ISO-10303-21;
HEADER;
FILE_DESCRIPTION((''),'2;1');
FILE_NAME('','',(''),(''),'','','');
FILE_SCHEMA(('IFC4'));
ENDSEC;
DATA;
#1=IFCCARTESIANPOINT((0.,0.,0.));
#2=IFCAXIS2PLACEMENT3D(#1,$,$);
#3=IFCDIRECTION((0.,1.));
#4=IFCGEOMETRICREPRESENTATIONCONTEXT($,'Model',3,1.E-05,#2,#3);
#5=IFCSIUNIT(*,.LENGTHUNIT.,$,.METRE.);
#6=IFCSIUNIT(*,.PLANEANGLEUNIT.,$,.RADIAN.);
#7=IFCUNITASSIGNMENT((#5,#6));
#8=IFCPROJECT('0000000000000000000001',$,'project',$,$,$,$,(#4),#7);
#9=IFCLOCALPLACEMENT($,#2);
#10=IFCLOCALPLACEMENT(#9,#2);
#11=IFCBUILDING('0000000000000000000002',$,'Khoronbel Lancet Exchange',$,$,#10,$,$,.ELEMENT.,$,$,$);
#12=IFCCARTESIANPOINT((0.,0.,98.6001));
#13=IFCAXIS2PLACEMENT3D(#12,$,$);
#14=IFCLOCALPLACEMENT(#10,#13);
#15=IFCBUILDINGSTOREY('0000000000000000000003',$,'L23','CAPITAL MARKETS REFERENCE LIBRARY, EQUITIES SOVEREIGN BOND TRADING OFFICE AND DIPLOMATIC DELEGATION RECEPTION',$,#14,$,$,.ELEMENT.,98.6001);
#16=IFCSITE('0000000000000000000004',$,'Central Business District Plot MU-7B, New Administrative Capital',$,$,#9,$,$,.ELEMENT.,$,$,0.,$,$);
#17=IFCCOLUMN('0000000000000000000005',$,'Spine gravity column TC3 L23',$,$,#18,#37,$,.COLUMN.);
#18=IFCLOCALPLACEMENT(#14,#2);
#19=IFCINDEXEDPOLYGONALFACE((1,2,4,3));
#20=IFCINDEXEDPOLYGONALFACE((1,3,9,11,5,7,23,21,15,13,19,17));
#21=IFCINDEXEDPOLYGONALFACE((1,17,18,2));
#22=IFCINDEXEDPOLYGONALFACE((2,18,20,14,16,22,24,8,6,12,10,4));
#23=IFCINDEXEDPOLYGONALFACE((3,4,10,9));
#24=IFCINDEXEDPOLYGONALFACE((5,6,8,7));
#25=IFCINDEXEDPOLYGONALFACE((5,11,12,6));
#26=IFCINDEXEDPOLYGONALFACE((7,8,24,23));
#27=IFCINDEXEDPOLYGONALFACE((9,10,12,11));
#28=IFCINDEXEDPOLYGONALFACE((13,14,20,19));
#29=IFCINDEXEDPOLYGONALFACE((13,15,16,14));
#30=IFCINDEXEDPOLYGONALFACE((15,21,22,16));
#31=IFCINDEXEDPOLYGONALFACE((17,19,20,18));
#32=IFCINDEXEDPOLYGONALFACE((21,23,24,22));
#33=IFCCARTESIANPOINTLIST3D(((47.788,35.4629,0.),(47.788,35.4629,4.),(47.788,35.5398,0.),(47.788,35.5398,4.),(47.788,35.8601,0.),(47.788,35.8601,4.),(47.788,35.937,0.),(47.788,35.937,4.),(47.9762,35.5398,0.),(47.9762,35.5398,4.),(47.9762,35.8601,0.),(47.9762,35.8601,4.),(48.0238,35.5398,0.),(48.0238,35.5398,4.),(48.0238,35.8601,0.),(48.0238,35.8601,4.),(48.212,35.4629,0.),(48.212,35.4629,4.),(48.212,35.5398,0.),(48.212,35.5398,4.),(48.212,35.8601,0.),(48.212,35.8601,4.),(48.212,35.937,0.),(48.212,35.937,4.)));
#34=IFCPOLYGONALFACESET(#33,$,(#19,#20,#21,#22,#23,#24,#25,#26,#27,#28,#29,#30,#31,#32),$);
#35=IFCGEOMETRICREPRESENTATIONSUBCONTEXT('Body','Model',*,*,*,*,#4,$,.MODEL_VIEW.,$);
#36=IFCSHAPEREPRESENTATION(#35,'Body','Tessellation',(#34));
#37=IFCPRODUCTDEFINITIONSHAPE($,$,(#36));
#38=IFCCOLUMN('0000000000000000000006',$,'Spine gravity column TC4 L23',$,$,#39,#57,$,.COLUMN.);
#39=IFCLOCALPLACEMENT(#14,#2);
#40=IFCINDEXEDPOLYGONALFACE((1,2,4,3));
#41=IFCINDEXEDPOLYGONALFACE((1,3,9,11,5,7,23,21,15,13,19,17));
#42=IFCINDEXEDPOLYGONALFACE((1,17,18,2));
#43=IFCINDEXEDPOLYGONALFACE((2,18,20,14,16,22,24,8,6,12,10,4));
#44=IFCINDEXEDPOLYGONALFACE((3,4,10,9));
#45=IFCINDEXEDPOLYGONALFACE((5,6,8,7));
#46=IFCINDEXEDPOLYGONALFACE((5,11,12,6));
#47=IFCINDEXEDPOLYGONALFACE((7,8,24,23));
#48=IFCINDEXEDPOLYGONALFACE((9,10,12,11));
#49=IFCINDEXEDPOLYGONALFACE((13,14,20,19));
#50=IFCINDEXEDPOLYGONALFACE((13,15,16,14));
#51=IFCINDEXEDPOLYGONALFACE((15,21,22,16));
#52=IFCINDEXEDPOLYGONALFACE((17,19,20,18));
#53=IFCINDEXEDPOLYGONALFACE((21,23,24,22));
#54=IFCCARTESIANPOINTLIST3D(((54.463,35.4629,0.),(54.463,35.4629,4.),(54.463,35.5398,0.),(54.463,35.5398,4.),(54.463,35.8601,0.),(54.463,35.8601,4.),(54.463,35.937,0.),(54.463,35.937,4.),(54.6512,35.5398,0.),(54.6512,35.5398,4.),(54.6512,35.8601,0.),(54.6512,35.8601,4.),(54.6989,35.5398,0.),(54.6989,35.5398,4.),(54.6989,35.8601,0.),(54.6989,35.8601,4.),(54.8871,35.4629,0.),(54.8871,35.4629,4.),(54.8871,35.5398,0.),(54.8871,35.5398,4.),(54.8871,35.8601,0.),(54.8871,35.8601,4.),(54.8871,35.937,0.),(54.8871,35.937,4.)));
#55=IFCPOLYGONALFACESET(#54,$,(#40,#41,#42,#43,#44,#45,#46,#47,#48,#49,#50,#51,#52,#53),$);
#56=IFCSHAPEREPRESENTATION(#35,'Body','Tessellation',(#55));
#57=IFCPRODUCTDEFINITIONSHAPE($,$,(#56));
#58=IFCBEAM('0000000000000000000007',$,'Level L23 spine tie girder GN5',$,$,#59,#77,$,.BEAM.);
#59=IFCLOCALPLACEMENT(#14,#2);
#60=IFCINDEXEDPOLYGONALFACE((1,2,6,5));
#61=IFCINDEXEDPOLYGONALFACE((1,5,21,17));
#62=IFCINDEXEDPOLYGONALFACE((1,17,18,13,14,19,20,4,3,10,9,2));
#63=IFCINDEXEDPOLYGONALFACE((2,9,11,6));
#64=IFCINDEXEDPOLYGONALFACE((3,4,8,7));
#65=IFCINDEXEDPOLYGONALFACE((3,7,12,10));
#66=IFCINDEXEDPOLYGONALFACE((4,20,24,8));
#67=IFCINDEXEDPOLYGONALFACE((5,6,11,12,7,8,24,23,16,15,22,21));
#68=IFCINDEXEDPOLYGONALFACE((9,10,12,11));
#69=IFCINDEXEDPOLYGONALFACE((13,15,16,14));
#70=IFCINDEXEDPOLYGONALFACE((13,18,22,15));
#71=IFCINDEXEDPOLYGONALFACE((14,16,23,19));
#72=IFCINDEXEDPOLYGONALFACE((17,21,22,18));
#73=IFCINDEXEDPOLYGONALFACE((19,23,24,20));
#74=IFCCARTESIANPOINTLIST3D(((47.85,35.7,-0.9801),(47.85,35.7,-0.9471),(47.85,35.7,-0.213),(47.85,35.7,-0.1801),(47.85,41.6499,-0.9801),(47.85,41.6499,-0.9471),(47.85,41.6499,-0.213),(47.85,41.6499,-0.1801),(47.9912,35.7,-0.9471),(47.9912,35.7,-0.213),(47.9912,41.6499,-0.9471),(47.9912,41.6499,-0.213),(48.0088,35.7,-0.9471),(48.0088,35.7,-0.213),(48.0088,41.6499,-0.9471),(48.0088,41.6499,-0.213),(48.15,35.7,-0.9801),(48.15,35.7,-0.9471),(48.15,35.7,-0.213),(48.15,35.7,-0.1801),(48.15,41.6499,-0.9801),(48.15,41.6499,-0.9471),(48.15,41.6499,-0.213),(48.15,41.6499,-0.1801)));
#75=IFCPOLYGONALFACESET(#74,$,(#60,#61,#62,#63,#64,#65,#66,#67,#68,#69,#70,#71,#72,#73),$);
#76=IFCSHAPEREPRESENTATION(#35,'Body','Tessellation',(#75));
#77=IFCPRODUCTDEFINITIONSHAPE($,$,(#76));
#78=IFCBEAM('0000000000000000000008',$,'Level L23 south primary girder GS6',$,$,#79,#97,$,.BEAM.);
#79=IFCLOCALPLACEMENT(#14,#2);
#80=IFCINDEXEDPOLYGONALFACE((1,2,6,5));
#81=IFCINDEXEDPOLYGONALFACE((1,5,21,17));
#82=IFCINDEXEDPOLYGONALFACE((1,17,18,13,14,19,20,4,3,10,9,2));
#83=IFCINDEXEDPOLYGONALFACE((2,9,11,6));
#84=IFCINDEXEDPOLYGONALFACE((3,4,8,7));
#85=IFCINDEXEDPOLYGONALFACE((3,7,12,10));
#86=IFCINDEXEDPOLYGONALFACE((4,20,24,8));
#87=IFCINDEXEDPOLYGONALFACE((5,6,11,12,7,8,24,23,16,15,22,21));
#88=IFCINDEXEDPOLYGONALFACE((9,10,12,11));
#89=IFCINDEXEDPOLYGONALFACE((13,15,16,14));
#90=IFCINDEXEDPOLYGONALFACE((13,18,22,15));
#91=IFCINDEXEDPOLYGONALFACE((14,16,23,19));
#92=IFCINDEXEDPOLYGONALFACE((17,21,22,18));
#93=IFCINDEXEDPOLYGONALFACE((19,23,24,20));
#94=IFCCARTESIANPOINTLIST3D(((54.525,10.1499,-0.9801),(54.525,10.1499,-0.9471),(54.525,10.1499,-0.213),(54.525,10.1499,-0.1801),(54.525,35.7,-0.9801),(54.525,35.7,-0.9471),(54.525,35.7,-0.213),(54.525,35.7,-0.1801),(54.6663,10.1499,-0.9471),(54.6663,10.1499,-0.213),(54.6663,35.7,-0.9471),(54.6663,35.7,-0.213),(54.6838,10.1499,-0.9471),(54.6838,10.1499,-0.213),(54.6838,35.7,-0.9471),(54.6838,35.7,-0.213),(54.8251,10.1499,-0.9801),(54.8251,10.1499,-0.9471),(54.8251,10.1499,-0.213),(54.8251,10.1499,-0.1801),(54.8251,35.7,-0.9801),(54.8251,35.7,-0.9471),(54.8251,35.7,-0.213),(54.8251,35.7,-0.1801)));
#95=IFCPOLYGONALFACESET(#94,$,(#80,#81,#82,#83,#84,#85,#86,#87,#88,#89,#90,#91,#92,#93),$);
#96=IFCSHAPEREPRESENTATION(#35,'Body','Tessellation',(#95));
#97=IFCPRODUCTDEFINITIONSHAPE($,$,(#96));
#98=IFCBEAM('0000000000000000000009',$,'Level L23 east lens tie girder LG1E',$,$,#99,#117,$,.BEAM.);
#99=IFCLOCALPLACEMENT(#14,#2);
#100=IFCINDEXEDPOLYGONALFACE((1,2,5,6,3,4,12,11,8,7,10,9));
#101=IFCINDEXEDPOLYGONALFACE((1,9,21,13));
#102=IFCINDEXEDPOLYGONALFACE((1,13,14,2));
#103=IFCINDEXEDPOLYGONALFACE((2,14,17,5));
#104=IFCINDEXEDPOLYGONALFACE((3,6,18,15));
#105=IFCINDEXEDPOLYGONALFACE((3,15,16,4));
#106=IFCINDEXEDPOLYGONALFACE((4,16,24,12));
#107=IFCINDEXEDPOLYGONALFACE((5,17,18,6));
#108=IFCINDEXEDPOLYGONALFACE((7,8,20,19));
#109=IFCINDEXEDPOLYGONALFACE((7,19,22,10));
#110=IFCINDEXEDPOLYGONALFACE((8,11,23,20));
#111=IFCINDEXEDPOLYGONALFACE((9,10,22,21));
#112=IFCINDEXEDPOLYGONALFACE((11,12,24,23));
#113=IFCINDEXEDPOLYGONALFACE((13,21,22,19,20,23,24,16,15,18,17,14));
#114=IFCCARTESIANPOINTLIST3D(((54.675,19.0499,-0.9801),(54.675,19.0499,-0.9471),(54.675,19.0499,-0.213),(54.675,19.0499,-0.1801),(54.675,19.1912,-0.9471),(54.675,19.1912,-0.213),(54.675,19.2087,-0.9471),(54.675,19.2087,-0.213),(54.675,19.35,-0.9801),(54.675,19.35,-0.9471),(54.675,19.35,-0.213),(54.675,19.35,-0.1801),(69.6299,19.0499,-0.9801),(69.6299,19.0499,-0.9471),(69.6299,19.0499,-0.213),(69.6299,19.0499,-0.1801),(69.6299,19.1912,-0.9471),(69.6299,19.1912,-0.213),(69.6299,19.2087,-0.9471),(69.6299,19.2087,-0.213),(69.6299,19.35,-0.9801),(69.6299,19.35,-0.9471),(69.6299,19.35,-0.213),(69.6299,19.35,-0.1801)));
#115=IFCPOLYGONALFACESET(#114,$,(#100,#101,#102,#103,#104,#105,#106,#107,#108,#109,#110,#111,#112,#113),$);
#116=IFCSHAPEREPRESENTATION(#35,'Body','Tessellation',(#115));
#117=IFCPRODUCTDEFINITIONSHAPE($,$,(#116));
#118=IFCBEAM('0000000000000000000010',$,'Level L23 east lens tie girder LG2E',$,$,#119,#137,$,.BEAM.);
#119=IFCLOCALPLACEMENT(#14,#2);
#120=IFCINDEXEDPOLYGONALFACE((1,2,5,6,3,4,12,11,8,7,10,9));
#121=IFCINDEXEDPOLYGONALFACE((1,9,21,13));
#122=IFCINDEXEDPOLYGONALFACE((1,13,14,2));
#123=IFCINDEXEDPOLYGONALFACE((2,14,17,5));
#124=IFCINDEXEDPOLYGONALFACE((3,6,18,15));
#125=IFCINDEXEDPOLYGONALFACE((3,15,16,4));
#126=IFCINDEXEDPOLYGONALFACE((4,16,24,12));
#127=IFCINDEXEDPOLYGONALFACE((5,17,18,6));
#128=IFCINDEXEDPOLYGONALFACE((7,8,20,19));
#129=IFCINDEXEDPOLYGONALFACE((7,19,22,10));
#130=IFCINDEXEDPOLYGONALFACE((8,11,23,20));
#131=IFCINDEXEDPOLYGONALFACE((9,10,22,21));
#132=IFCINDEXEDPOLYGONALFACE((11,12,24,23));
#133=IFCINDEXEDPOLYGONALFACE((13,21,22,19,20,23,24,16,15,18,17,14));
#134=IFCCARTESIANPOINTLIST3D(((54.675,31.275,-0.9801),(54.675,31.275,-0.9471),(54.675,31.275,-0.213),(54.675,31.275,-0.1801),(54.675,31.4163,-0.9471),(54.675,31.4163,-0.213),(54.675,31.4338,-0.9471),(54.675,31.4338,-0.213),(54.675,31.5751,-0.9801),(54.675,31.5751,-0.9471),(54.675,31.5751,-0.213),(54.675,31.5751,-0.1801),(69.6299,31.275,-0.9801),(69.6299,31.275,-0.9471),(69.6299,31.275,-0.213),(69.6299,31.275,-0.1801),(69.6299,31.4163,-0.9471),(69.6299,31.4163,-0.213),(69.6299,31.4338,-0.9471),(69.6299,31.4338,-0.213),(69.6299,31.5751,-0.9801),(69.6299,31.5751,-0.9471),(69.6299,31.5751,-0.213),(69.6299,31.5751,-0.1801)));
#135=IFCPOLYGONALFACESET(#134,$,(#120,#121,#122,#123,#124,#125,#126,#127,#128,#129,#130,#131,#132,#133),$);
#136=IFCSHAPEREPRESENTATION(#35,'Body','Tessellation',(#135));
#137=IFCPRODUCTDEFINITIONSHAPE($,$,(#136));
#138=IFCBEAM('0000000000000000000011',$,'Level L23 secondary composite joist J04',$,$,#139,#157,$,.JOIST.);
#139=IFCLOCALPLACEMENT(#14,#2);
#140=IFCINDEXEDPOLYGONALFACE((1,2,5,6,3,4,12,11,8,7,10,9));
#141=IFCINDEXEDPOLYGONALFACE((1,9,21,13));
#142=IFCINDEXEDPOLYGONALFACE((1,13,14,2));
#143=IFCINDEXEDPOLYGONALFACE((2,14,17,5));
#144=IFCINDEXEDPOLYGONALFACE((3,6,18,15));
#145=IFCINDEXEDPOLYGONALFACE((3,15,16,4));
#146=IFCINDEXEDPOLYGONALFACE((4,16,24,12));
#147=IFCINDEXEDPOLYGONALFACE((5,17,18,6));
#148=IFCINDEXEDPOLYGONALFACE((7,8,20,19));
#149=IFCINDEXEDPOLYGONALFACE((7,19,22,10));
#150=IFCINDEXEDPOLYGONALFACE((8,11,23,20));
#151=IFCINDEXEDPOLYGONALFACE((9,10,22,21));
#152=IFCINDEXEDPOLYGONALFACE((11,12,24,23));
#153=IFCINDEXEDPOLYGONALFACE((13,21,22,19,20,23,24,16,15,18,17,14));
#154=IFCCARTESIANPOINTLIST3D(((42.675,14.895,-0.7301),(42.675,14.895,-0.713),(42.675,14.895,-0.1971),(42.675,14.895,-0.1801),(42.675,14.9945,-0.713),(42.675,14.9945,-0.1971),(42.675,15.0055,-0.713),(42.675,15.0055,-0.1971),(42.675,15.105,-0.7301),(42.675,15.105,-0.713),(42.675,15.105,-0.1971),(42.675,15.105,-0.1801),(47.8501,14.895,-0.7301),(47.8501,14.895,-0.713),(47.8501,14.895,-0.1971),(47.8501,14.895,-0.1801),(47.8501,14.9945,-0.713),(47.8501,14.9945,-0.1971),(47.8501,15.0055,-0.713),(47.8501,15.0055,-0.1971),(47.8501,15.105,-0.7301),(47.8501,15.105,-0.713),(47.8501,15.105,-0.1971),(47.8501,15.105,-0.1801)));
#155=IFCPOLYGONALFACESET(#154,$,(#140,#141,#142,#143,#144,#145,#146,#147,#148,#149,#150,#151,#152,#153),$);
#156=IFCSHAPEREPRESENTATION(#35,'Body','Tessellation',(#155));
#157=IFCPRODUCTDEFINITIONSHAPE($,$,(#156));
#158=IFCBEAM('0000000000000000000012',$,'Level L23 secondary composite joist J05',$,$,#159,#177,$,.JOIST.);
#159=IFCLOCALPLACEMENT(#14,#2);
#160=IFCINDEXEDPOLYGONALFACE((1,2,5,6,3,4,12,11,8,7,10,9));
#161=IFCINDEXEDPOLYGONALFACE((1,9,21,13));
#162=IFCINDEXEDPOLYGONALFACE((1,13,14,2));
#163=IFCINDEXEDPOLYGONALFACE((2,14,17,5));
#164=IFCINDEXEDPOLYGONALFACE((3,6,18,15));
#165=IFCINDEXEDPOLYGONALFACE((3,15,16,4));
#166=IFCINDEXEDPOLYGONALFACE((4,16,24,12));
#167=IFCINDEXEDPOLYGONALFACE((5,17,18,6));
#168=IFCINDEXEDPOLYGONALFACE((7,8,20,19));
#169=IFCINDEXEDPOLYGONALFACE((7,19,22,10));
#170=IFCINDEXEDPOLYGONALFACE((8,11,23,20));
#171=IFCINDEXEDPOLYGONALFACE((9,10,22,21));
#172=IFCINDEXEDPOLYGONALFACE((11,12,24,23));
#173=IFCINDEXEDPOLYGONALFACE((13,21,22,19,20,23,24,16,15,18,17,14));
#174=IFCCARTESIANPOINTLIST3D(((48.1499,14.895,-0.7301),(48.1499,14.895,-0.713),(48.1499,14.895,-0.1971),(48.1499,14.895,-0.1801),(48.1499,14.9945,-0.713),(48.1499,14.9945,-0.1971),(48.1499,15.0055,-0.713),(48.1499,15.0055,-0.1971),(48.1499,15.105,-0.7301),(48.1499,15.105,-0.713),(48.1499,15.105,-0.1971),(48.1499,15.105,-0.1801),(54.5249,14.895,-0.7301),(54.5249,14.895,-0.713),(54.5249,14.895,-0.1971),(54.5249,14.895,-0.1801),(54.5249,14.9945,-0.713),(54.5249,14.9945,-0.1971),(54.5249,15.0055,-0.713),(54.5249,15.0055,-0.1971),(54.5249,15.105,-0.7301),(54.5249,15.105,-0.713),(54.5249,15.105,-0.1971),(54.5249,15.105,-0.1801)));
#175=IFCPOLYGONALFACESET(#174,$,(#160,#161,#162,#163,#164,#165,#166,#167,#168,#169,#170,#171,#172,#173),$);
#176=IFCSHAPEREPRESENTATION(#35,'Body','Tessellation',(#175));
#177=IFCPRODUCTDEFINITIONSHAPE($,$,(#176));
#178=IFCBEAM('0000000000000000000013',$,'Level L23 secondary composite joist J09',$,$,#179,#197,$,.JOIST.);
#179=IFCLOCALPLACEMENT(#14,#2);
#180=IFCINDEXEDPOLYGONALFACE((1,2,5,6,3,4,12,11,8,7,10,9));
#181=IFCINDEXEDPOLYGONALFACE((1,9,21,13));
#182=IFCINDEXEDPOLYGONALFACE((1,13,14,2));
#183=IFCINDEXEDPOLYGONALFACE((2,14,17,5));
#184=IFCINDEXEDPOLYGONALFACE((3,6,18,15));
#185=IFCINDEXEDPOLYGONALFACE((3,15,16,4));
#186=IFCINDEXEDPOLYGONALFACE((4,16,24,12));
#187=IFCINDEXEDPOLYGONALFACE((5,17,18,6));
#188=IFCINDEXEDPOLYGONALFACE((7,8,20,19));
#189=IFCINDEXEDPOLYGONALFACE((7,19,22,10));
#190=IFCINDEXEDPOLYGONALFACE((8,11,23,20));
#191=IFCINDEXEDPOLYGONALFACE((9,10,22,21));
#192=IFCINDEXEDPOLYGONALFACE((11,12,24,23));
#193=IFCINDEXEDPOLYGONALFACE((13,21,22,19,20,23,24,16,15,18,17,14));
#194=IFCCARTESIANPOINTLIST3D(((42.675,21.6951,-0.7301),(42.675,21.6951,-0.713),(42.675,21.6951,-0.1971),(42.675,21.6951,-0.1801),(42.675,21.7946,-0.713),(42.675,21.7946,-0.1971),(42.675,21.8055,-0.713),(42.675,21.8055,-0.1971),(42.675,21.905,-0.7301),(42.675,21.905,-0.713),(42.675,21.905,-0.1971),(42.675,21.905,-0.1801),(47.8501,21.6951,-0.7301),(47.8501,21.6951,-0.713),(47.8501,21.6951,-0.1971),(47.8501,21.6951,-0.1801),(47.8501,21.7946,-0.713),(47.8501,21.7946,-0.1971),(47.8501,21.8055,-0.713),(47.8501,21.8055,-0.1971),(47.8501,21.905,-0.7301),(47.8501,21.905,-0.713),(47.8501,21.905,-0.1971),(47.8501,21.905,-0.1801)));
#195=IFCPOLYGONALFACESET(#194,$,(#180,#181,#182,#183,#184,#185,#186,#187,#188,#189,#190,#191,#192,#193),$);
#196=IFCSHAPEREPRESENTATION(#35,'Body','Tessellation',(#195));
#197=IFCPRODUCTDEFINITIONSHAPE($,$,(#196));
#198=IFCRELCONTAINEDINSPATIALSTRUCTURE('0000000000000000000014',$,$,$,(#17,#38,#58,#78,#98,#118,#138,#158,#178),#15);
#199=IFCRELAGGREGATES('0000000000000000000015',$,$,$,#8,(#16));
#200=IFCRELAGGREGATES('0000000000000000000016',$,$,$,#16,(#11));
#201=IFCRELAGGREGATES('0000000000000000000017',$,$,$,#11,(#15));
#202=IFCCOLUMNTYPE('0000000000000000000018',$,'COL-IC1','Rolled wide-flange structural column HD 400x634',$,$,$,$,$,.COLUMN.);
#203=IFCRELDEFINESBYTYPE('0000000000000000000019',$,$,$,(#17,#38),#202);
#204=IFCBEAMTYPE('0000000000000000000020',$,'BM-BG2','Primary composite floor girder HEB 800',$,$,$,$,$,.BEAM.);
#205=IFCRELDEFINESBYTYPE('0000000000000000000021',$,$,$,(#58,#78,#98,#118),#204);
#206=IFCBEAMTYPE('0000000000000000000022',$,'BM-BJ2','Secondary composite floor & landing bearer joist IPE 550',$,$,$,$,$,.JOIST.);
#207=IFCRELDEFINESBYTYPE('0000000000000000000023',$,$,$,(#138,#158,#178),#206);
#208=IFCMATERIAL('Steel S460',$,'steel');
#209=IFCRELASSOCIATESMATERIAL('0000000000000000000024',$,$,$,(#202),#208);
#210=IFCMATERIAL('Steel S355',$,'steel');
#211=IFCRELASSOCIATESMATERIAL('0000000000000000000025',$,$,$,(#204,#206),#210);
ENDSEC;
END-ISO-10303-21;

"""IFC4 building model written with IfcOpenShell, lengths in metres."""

from ifc_helpers import new_model, si_unit, direction, frame, origin, origin_2d, place, context, subcontext, project, spatial, i_section, extrude, material, material_profile, profile_set, type_object, element, save


model = new_model("IFC4")

# Units and contexts
model_context = context("Model", 3, precision=1e-05, world=origin(), true_north=direction((0.0, 1.0)))
body_context = subcontext(model_context, "Body", "Model", "MODEL_VIEW")
ifc_project = project(units=[si_unit("LENGTHUNIT", "METRE"), si_unit("PLANEANGLEUNIT", "RADIAN")], contexts=[model_context])

# Site, building, storey
site_placement = place(None, origin())
site = spatial("IfcSite", under=ifc_project, at=site_placement, Name="Central Business District Plot MU-7B, New Administrative Capital", CompositionType="ELEMENT", RefElevation=0.0)
building_placement = place(site_placement, origin())
building = spatial("IfcBuilding", under=site, at=building_placement, Name="Khoronbel Lancet Exchange", CompositionType="ELEMENT")
storey_placement = place(building_placement, frame((0.0, 0.0, 98.6001)))
storey = spatial("IfcBuildingStorey", under=building, at=storey_placement, Name="L23", Description="CAPITAL MARKETS REFERENCE LIBRARY, EQUITIES SOVEREIGN BOND TRADING OFFICE AND DIPLOMATIC DELEGATION RECEPTION", CompositionType="ELEMENT", Elevation=98.6001)

# Columns
ifc_material_1 = material(Name="Steel S460", Category="steel")
ifc_material_profile_1 = material_profile(ifc_material_1, i_section(OverallWidth=0.4241, OverallDepth=0.4741, WebThickness=0.0476, FlangeThickness=0.0769, at=origin_2d()), Name="HD 400x634")
ifc_profile_set_1 = profile_set([ifc_material_profile_1], Name="Steel S460")
column_type = type_object("IfcColumnType", Name="COL-IC1", Description="Rolled wide-flange structural column HD 400x634", PredefinedType="COLUMN", material=ifc_profile_set_1)
for number, where, z_axis, x_axis, name in (
    (1, (48.0, 35.7, 0.0), (0.0, 0.0, 1.0), (1.0, 0.0, 0.0), "Spine gravity column TC3 L23"),
    (2, (54.675, 35.7, 0.0), (0.0, 0.0, 1.0), (1.0, 0.0, 0.0), "Spine gravity column TC4 L23"),
):
    element("IfcColumn", number, at=place(storey_placement, frame(where, z_axis=z_axis, x_axis=x_axis)), inside=storey, type_object=column_type, Name=name, PredefinedType="COLUMN", context=body_context, shape_type="SweptSolid", body=[
        extrude(i_section(OverallWidth=0.4241, OverallDepth=0.4741, WebThickness=0.0476, FlangeThickness=0.0769, at=origin_2d()), origin(), (0.0, 0.0, 1.0), 4.0),
    ])

# Beams
ifc_material_2 = material(Name="Steel S355", Category="steel")
ifc_material_profile_2 = material_profile(ifc_material_2, i_section(OverallWidth=0.3, OverallDepth=0.8, WebThickness=0.0176, FlangeThickness=0.033, at=origin_2d()), Name="HEB 800")
ifc_profile_set_2 = profile_set([ifc_material_profile_2], Name="Steel S355")
beam_type_1 = type_object("IfcBeamType", Name="BM-BG2", Description="Primary composite floor girder HEB 800", PredefinedType="BEAM", material=ifc_profile_set_2)
beam_1_placement = place(storey_placement, frame((48.0, 35.7, -0.5801), z_axis=(0.0, 1.0, 0.0), x_axis=(-1.0, 0.0, 0.0)))
element("IfcBeam", 3, at=beam_1_placement, inside=storey, type_object=beam_type_1, Name="Level L23 spine tie girder GN5", PredefinedType="BEAM", context=body_context, shape_type="SweptSolid", body=[
    extrude(i_section(OverallWidth=0.3, OverallDepth=0.8, WebThickness=0.0176, FlangeThickness=0.033, at=origin_2d()), origin(), (0.0, 0.0, 1.0), 5.95),
])
beam_2_placement = place(storey_placement, frame((54.675, 10.1499, -0.5801), z_axis=(0.0, 1.0, 0.0), x_axis=(-1.0, 0.0, 0.0)))
element("IfcBeam", 4, at=beam_2_placement, inside=storey, type_object=beam_type_1, Name="Level L23 south primary girder GS6", PredefinedType="BEAM", context=body_context, shape_type="SweptSolid", body=[
    extrude(i_section(OverallWidth=0.3, OverallDepth=0.8, WebThickness=0.0176, FlangeThickness=0.033, at=origin_2d()), origin(), (0.0, 0.0, 1.0), 25.55),
])
for number, where, z_axis, x_axis, name in (
    (5, (54.675, 19.2, -0.5801), (1.0, 0.0, 0.0), (0.0, 1.0, 0.0), "Level L23 east lens tie girder LG1E"),
    (6, (54.675, 31.425, -0.5801), (1.0, 0.0, 0.0), (0.0, 1.0, 0.0), "Level L23 east lens tie girder LG2E"),
):
    element("IfcBeam", number, at=place(storey_placement, frame(where, z_axis=z_axis, x_axis=x_axis)), inside=storey, type_object=beam_type_1, Name=name, PredefinedType="BEAM", context=body_context, shape_type="SweptSolid", body=[
        extrude(i_section(OverallWidth=0.3, OverallDepth=0.8, WebThickness=0.0176, FlangeThickness=0.033, at=origin_2d()), origin(), (0.0, 0.0, 1.0), 14.9548),
    ])
ifc_material_profile_3 = material_profile(ifc_material_2, i_section(OverallWidth=0.21, OverallDepth=0.55, WebThickness=0.011, FlangeThickness=0.0171, at=origin_2d()), Name="IPE 550")
ifc_profile_set_3 = profile_set([ifc_material_profile_3], Name="Steel S355")
beam_type_2 = type_object("IfcBeamType", Name="BM-BJ2", Description="Secondary composite floor & landing bearer joist IPE 550", PredefinedType="JOIST", material=ifc_profile_set_3)
beam_3_placement = place(storey_placement, frame((42.675, 15.0, -0.4551), z_axis=(1.0, 0.0, 0.0), x_axis=(0.0, 1.0, 0.0)))
element("IfcBeam", 7, at=beam_3_placement, inside=storey, type_object=beam_type_2, Name="Level L23 secondary composite joist J04", PredefinedType="JOIST", context=body_context, shape_type="SweptSolid", body=[
    extrude(i_section(OverallWidth=0.21, OverallDepth=0.55, WebThickness=0.011, FlangeThickness=0.0171, at=origin_2d()), origin(), (0.0, 0.0, 1.0), 5.175),
])
beam_4_placement = place(storey_placement, frame((48.1499, 15.0, -0.4551), z_axis=(1.0, 0.0, 0.0), x_axis=(0.0, 1.0, 0.0)))
element("IfcBeam", 8, at=beam_4_placement, inside=storey, type_object=beam_type_2, Name="Level L23 secondary composite joist J05", PredefinedType="JOIST", context=body_context, shape_type="SweptSolid", body=[
    extrude(i_section(OverallWidth=0.21, OverallDepth=0.55, WebThickness=0.011, FlangeThickness=0.0171, at=origin_2d()), origin(), (0.0, 0.0, 1.0), 6.375),
])
beam_5_placement = place(storey_placement, frame((42.675, 21.8, -0.4551), z_axis=(1.0, 0.0, 0.0), x_axis=(0.0, 1.0, 0.0)))
element("IfcBeam", 9, at=beam_5_placement, inside=storey, type_object=beam_type_2, Name="Level L23 secondary composite joist J09", PredefinedType="JOIST", context=body_context, shape_type="SweptSolid", body=[
    extrude(i_section(OverallWidth=0.21, OverallDepth=0.55, WebThickness=0.011, FlangeThickness=0.0171, at=origin_2d()), origin(), (0.0, 0.0, 1.0), 5.175),
])

save(model, "model.ifc")
